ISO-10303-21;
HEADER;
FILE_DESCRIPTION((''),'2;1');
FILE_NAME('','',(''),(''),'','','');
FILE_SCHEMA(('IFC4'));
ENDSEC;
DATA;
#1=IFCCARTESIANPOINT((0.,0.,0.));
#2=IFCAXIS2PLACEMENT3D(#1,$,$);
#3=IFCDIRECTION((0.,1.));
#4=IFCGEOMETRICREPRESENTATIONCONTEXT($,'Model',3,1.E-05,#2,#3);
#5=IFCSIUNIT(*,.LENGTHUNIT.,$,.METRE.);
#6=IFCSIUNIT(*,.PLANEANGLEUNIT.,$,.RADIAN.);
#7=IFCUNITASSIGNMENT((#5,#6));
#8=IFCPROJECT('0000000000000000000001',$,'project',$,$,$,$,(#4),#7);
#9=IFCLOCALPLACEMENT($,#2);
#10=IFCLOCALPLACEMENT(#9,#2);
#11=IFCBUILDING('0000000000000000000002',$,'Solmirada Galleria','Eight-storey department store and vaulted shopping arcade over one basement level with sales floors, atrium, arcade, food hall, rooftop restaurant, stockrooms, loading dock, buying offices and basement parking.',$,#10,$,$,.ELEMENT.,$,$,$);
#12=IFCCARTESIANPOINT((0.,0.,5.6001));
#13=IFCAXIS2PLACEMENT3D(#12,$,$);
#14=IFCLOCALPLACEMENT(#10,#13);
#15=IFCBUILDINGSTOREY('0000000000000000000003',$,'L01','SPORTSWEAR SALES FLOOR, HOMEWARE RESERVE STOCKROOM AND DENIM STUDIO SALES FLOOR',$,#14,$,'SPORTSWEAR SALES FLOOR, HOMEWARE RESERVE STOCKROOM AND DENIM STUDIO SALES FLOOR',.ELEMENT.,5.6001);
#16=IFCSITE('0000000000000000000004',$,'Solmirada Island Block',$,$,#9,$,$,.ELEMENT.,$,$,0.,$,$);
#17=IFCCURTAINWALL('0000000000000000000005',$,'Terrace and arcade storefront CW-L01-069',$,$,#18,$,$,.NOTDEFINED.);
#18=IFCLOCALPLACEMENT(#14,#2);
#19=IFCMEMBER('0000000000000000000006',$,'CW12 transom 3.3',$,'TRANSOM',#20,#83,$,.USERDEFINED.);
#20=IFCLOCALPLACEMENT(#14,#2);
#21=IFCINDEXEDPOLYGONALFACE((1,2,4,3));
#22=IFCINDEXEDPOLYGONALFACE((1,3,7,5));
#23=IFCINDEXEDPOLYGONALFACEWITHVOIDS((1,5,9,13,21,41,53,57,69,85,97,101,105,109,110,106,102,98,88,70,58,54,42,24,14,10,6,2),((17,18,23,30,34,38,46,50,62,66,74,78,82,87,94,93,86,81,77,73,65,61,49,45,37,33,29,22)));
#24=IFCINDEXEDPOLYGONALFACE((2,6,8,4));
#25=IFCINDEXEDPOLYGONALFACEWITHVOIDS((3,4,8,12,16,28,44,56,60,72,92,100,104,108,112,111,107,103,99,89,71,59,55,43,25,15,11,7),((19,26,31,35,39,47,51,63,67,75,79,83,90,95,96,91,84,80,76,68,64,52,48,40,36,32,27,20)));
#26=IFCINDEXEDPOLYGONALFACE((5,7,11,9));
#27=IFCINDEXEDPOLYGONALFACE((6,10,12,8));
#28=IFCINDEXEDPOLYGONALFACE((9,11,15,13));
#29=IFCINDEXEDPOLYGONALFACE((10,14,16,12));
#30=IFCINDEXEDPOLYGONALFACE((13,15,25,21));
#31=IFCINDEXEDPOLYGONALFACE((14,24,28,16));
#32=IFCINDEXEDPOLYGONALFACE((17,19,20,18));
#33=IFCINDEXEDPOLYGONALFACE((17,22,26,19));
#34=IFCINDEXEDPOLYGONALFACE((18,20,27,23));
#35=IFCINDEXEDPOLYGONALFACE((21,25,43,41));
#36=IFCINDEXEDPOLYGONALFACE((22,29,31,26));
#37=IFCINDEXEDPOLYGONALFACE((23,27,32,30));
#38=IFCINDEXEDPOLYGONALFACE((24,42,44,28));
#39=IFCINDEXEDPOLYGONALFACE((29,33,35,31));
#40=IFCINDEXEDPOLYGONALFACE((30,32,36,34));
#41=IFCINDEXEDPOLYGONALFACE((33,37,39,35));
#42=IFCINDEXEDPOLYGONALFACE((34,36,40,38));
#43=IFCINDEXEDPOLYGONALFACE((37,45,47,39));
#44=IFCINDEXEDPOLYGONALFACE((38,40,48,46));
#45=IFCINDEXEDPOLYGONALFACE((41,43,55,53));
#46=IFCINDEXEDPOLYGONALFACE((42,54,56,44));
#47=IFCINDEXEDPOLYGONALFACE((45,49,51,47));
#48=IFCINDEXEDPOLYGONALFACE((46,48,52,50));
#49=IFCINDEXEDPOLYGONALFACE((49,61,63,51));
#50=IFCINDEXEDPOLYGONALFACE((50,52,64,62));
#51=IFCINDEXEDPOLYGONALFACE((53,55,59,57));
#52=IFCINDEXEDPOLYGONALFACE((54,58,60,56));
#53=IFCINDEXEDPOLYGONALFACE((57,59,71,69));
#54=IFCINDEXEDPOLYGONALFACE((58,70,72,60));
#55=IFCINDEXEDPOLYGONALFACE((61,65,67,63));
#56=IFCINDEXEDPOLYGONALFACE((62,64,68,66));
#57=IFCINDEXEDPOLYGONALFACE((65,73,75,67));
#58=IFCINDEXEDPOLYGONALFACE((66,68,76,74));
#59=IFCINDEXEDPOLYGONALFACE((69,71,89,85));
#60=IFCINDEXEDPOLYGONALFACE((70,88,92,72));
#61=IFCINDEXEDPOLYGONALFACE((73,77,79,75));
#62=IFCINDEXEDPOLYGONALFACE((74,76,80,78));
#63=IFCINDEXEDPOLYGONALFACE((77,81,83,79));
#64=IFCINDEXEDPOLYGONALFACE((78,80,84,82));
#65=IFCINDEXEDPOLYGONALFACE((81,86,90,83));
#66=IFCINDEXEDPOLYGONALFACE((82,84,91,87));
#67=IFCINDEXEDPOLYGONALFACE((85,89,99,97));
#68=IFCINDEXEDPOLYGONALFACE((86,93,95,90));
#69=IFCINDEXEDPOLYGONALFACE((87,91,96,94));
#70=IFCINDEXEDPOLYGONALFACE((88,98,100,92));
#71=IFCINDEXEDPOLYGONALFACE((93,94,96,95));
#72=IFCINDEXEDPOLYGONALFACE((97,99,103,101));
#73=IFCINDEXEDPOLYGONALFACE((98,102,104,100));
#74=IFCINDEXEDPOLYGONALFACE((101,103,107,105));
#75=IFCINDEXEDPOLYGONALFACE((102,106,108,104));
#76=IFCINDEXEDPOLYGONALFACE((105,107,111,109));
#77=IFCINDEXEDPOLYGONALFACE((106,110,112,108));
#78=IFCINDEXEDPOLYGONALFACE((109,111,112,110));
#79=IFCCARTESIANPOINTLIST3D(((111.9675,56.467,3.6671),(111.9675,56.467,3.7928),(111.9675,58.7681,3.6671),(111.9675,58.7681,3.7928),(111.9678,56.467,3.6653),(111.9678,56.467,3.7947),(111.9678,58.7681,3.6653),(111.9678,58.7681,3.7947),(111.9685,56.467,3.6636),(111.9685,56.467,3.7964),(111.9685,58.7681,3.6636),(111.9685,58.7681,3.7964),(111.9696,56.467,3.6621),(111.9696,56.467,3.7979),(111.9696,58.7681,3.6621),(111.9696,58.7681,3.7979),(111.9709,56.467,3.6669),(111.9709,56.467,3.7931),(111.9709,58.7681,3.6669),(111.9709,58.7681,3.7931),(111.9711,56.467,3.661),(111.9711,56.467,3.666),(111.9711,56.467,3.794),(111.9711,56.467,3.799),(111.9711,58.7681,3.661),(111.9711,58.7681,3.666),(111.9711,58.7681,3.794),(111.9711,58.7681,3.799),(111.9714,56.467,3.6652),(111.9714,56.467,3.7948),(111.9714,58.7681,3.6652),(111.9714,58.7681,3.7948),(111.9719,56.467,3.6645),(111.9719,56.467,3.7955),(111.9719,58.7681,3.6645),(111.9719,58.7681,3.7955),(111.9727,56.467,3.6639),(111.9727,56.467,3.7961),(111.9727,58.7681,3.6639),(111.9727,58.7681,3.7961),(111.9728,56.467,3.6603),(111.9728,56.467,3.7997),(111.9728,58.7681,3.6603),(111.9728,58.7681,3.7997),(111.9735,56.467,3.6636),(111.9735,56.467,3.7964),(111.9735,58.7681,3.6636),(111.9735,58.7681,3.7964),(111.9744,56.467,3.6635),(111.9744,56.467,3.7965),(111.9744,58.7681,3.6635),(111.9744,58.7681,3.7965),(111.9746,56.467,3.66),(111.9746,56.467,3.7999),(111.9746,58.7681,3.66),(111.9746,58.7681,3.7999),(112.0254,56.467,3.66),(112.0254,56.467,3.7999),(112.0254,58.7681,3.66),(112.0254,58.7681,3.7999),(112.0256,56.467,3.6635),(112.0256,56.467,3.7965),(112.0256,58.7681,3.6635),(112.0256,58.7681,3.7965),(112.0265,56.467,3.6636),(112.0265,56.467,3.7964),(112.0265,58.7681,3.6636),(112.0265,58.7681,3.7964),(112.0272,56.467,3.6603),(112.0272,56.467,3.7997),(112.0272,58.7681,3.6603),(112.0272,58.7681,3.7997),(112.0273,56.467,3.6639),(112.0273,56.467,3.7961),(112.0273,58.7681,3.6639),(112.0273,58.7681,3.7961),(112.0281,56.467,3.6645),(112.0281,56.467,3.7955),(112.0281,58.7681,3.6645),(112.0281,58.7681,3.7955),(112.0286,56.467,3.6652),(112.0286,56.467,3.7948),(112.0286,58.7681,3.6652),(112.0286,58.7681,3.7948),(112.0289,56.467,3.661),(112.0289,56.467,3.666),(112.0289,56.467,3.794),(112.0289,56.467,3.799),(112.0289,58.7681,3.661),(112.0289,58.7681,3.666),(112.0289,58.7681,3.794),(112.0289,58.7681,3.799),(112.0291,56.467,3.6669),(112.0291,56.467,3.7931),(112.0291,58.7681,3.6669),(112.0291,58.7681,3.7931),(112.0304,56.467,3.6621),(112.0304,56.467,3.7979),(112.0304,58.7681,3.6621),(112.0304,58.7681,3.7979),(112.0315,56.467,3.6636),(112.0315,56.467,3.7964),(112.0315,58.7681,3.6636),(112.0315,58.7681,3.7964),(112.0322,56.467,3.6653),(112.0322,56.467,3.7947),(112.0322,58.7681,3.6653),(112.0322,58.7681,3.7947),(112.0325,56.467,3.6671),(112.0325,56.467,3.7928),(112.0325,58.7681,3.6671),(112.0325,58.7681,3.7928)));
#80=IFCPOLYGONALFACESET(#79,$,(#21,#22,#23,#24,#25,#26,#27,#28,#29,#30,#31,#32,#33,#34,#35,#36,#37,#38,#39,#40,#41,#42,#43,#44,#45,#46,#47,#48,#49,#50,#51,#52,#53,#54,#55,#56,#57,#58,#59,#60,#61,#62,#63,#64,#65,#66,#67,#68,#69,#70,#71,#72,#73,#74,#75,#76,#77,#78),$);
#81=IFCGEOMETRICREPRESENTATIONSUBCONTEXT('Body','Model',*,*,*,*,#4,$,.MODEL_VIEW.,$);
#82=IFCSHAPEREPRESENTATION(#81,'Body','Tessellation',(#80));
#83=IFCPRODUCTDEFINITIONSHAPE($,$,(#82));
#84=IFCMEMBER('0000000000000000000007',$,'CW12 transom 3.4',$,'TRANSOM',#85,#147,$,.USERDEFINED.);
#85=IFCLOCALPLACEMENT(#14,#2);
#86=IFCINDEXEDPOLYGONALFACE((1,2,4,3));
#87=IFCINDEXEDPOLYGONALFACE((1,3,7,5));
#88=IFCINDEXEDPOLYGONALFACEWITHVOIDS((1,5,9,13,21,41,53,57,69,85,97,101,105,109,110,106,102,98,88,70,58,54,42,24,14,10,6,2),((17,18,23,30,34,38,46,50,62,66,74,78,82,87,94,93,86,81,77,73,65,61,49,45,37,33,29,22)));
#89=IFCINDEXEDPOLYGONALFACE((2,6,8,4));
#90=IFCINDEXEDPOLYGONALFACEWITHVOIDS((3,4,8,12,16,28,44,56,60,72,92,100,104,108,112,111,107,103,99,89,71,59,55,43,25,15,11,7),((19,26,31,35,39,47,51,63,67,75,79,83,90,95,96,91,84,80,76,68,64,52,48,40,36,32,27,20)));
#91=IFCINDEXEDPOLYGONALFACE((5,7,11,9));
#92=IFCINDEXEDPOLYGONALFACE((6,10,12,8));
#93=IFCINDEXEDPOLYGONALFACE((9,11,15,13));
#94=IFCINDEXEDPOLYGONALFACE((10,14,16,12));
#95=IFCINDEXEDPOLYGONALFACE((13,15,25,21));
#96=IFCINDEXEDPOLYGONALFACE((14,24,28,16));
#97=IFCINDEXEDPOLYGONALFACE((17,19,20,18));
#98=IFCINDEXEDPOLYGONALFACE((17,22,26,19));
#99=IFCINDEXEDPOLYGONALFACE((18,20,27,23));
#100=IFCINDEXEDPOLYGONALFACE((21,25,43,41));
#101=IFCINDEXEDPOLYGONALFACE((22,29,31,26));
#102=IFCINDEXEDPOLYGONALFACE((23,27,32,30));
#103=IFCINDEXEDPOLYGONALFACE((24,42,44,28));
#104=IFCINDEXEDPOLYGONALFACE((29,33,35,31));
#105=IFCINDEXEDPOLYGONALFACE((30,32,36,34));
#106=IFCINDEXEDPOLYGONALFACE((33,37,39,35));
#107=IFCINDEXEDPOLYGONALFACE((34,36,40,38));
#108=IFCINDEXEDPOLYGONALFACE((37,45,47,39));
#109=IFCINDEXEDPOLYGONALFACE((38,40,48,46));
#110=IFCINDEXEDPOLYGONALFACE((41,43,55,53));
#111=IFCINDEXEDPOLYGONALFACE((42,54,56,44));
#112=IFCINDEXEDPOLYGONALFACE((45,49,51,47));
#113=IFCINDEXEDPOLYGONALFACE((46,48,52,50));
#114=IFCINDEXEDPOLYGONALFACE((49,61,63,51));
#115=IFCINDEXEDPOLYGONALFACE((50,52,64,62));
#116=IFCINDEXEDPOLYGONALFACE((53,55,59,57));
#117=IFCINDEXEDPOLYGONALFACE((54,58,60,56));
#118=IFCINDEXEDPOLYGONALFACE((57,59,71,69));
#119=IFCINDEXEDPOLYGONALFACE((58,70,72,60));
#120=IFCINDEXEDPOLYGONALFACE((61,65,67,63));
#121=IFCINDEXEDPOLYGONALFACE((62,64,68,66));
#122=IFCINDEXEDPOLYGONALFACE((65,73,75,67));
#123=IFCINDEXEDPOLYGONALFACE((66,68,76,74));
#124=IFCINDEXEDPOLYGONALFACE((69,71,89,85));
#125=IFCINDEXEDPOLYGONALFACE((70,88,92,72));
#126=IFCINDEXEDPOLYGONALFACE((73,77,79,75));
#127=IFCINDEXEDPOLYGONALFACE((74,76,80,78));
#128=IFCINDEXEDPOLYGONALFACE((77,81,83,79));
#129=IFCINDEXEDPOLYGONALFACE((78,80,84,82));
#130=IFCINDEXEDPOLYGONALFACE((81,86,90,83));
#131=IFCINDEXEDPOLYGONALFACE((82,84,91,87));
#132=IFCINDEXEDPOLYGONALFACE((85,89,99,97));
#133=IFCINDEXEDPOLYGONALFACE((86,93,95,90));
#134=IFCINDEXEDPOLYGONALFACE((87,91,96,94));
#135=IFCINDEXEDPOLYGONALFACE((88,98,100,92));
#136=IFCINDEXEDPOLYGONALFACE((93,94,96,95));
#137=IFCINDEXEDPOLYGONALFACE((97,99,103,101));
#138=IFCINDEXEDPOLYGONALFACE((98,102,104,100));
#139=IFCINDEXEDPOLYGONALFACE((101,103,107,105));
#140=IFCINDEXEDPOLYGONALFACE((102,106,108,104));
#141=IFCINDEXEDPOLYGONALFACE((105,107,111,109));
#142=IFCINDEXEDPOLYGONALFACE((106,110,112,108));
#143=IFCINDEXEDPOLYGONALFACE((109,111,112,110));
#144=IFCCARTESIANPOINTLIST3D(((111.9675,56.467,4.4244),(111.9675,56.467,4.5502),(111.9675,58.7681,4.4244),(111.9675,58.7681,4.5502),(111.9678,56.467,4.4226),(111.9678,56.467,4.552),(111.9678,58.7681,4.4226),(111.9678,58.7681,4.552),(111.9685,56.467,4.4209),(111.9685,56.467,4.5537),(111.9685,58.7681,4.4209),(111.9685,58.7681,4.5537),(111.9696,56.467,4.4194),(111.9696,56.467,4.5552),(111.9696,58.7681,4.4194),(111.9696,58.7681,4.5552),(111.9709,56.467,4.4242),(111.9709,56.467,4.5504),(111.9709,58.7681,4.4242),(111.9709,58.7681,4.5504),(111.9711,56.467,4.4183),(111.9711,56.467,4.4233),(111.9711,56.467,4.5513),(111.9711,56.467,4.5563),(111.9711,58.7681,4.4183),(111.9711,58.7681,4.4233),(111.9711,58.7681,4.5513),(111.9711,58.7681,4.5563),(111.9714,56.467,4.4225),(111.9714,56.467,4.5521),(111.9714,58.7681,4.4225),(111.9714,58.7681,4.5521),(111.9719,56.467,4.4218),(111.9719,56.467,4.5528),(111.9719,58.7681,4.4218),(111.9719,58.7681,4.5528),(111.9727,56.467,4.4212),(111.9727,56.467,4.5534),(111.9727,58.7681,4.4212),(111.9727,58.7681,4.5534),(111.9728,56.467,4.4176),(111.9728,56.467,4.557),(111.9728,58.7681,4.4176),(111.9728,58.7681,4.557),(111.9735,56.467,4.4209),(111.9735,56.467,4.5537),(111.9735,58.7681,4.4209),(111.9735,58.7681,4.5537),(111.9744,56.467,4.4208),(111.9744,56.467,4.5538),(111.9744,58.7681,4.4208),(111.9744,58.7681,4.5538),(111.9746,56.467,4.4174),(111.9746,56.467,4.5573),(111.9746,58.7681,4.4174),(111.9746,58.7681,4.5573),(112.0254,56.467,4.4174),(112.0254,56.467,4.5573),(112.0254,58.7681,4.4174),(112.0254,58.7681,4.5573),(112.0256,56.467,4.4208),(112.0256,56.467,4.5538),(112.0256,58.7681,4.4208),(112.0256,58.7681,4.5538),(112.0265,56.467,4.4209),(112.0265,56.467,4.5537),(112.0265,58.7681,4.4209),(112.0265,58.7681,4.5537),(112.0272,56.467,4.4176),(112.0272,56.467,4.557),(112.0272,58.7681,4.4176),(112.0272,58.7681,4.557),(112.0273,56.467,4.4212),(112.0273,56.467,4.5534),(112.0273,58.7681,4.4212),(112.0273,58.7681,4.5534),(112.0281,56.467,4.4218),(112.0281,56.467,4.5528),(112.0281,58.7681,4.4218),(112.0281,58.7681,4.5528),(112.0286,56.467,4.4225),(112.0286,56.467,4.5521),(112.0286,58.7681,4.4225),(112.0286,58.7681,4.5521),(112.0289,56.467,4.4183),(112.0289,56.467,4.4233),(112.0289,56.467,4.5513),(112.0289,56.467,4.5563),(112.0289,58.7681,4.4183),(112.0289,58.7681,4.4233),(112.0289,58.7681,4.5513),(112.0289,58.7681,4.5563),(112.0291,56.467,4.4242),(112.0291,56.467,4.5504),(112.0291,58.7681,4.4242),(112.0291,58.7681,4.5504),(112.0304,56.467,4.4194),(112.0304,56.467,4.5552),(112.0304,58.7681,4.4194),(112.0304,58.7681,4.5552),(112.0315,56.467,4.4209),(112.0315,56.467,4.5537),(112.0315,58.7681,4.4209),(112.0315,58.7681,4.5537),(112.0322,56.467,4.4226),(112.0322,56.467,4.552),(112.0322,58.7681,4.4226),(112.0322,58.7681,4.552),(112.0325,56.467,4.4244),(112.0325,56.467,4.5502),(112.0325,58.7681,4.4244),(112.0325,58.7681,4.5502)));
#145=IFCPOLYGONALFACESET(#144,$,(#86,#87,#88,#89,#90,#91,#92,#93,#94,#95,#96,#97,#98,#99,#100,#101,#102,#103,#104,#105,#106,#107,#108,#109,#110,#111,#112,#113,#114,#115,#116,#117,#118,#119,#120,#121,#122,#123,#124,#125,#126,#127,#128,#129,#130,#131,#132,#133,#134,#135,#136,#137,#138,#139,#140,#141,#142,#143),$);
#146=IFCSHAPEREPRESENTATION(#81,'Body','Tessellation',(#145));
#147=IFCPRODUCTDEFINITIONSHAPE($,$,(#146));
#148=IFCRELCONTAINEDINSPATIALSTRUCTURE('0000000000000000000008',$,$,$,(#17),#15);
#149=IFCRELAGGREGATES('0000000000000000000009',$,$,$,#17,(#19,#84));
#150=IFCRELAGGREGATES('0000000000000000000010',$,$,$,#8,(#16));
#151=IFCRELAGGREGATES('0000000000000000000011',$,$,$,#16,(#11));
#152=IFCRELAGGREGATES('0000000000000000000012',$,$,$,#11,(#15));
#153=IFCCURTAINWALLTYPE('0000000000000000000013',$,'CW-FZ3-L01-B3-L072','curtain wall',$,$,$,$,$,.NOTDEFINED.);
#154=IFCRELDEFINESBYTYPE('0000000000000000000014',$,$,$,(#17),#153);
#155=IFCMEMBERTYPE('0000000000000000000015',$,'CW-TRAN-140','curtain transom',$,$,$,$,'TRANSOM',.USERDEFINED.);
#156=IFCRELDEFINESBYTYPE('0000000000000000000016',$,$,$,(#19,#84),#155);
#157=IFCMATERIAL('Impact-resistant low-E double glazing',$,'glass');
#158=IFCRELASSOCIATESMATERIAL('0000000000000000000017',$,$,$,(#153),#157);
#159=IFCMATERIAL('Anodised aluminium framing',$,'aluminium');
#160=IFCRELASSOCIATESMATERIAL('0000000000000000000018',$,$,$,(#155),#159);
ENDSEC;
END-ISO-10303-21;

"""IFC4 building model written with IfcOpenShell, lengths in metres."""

from ifc_helpers import new_model, si_unit, direction, frame, origin, origin_2d, place, context, subcontext, project, spatial, hollow_rectangle, extrude, material, material_profile, profile_set, type_object, element, aggregate, save


model = new_model("IFC4")

# Units and contexts
model_context = context("Model", 3, precision=1e-05, world=origin(), true_north=direction((0.0, 1.0)))
body_context = subcontext(model_context, "Body", "Model", "MODEL_VIEW")
ifc_project = project(units=[si_unit("LENGTHUNIT", "METRE"), si_unit("PLANEANGLEUNIT", "RADIAN")], contexts=[model_context])

# Site, building, storey
site_placement = place(None, origin())
site = spatial("IfcSite", under=ifc_project, at=site_placement, Name="Solmirada Island Block", CompositionType="ELEMENT", RefElevation=0.0)
building_placement = place(site_placement, origin())
building = spatial("IfcBuilding", under=site, at=building_placement, Name="Solmirada Galleria", Description="Eight-storey department store and vaulted shopping arcade over one basement level with sales floors, atrium, arcade, food hall, rooftop restaurant, stockrooms, loading dock, buying offices and basement parking.", CompositionType="ELEMENT")
storey_placement = place(building_placement, frame((0.0, 0.0, 5.6001)))
storey = spatial("IfcBuildingStorey", under=building, at=storey_placement, Name="L01", Description="SPORTSWEAR SALES FLOOR, HOMEWARE RESERVE STOCKROOM AND DENIM STUDIO SALES FLOOR", LongName="SPORTSWEAR SALES FLOOR, HOMEWARE RESERVE STOCKROOM AND DENIM STUDIO SALES FLOOR", CompositionType="ELEMENT", Elevation=5.6001)

# Curtain wall
ifc_material_1 = material(Name="Impact-resistant low-E double glazing", Category="glass")
curtain_wall_type = type_object("IfcCurtainWallType", Name="CW-FZ3-L01-B3-L072", Description="curtain wall", PredefinedType="NOTDEFINED", material=ifc_material_1)
curtain_wall_1_placement = place(storey_placement, origin())
curtain_wall_1 = element("IfcCurtainWall", 1, at=curtain_wall_1_placement, inside=storey, type_object=curtain_wall_type, Name="Terrace and arcade storefront CW-L01-069", PredefinedType="NOTDEFINED")
ifc_material_2 = material(Name="Anodised aluminium framing", Category="aluminium")

# Members
ifc_material_profile_1 = material_profile(ifc_material_2, hollow_rectangle(XDim=0.0649, YDim=0.1399, WallThickness=0.0034, InnerFilletRadius=0.0034, OuterFilletRadius=0.0071, at=origin_2d()), Name="ALU-TRAN-140X65")
ifc_profile_set_1 = profile_set([ifc_material_profile_1], Name="Anodised aluminium framing")
member_type_1 = type_object("IfcMemberType", Name="CW-TRAN-140", Description="curtain transom", ElementType="TRANSOM", PredefinedType="USERDEFINED", material=ifc_profile_set_1)
member_1_placement = place(storey_placement, frame((112.0, 58.7681, 3.73), z_axis=(0.0, -1.0, 0.0), x_axis=(1.0, 0.0, 0.0)))
member_1 = element("IfcMember", 2, at=member_1_placement, type_object=member_type_1, Name="CW12 transom 3.3", ObjectType="TRANSOM", PredefinedType="USERDEFINED", context=body_context, shape_type="SweptSolid", body=[
    extrude(hollow_rectangle(XDim=0.0649, YDim=0.1399, WallThickness=0.0034, InnerFilletRadius=0.0034, OuterFilletRadius=0.0071, at=origin_2d()), origin(), (0.0, 0.0, 1.0), 2.301),
])
member_2_placement = place(storey_placement, frame((112.0, 58.7681, 4.4873), z_axis=(0.0, -1.0, 0.0), x_axis=(1.0, 0.0, 0.0)))
member_2 = element("IfcMember", 3, at=member_2_placement, type_object=member_type_1, Name="CW12 transom 3.4", ObjectType="TRANSOM", PredefinedType="USERDEFINED", context=body_context, shape_type="SweptSolid", body=[
    extrude(hollow_rectangle(XDim=0.0649, YDim=0.1399, WallThickness=0.0034, InnerFilletRadius=0.0034, OuterFilletRadius=0.0071, at=origin_2d()), origin(), (0.0, 0.0, 1.0), 2.301),
])

aggregate(curtain_wall_1, [member_1, member_2])

save(model, "model.ifc")
